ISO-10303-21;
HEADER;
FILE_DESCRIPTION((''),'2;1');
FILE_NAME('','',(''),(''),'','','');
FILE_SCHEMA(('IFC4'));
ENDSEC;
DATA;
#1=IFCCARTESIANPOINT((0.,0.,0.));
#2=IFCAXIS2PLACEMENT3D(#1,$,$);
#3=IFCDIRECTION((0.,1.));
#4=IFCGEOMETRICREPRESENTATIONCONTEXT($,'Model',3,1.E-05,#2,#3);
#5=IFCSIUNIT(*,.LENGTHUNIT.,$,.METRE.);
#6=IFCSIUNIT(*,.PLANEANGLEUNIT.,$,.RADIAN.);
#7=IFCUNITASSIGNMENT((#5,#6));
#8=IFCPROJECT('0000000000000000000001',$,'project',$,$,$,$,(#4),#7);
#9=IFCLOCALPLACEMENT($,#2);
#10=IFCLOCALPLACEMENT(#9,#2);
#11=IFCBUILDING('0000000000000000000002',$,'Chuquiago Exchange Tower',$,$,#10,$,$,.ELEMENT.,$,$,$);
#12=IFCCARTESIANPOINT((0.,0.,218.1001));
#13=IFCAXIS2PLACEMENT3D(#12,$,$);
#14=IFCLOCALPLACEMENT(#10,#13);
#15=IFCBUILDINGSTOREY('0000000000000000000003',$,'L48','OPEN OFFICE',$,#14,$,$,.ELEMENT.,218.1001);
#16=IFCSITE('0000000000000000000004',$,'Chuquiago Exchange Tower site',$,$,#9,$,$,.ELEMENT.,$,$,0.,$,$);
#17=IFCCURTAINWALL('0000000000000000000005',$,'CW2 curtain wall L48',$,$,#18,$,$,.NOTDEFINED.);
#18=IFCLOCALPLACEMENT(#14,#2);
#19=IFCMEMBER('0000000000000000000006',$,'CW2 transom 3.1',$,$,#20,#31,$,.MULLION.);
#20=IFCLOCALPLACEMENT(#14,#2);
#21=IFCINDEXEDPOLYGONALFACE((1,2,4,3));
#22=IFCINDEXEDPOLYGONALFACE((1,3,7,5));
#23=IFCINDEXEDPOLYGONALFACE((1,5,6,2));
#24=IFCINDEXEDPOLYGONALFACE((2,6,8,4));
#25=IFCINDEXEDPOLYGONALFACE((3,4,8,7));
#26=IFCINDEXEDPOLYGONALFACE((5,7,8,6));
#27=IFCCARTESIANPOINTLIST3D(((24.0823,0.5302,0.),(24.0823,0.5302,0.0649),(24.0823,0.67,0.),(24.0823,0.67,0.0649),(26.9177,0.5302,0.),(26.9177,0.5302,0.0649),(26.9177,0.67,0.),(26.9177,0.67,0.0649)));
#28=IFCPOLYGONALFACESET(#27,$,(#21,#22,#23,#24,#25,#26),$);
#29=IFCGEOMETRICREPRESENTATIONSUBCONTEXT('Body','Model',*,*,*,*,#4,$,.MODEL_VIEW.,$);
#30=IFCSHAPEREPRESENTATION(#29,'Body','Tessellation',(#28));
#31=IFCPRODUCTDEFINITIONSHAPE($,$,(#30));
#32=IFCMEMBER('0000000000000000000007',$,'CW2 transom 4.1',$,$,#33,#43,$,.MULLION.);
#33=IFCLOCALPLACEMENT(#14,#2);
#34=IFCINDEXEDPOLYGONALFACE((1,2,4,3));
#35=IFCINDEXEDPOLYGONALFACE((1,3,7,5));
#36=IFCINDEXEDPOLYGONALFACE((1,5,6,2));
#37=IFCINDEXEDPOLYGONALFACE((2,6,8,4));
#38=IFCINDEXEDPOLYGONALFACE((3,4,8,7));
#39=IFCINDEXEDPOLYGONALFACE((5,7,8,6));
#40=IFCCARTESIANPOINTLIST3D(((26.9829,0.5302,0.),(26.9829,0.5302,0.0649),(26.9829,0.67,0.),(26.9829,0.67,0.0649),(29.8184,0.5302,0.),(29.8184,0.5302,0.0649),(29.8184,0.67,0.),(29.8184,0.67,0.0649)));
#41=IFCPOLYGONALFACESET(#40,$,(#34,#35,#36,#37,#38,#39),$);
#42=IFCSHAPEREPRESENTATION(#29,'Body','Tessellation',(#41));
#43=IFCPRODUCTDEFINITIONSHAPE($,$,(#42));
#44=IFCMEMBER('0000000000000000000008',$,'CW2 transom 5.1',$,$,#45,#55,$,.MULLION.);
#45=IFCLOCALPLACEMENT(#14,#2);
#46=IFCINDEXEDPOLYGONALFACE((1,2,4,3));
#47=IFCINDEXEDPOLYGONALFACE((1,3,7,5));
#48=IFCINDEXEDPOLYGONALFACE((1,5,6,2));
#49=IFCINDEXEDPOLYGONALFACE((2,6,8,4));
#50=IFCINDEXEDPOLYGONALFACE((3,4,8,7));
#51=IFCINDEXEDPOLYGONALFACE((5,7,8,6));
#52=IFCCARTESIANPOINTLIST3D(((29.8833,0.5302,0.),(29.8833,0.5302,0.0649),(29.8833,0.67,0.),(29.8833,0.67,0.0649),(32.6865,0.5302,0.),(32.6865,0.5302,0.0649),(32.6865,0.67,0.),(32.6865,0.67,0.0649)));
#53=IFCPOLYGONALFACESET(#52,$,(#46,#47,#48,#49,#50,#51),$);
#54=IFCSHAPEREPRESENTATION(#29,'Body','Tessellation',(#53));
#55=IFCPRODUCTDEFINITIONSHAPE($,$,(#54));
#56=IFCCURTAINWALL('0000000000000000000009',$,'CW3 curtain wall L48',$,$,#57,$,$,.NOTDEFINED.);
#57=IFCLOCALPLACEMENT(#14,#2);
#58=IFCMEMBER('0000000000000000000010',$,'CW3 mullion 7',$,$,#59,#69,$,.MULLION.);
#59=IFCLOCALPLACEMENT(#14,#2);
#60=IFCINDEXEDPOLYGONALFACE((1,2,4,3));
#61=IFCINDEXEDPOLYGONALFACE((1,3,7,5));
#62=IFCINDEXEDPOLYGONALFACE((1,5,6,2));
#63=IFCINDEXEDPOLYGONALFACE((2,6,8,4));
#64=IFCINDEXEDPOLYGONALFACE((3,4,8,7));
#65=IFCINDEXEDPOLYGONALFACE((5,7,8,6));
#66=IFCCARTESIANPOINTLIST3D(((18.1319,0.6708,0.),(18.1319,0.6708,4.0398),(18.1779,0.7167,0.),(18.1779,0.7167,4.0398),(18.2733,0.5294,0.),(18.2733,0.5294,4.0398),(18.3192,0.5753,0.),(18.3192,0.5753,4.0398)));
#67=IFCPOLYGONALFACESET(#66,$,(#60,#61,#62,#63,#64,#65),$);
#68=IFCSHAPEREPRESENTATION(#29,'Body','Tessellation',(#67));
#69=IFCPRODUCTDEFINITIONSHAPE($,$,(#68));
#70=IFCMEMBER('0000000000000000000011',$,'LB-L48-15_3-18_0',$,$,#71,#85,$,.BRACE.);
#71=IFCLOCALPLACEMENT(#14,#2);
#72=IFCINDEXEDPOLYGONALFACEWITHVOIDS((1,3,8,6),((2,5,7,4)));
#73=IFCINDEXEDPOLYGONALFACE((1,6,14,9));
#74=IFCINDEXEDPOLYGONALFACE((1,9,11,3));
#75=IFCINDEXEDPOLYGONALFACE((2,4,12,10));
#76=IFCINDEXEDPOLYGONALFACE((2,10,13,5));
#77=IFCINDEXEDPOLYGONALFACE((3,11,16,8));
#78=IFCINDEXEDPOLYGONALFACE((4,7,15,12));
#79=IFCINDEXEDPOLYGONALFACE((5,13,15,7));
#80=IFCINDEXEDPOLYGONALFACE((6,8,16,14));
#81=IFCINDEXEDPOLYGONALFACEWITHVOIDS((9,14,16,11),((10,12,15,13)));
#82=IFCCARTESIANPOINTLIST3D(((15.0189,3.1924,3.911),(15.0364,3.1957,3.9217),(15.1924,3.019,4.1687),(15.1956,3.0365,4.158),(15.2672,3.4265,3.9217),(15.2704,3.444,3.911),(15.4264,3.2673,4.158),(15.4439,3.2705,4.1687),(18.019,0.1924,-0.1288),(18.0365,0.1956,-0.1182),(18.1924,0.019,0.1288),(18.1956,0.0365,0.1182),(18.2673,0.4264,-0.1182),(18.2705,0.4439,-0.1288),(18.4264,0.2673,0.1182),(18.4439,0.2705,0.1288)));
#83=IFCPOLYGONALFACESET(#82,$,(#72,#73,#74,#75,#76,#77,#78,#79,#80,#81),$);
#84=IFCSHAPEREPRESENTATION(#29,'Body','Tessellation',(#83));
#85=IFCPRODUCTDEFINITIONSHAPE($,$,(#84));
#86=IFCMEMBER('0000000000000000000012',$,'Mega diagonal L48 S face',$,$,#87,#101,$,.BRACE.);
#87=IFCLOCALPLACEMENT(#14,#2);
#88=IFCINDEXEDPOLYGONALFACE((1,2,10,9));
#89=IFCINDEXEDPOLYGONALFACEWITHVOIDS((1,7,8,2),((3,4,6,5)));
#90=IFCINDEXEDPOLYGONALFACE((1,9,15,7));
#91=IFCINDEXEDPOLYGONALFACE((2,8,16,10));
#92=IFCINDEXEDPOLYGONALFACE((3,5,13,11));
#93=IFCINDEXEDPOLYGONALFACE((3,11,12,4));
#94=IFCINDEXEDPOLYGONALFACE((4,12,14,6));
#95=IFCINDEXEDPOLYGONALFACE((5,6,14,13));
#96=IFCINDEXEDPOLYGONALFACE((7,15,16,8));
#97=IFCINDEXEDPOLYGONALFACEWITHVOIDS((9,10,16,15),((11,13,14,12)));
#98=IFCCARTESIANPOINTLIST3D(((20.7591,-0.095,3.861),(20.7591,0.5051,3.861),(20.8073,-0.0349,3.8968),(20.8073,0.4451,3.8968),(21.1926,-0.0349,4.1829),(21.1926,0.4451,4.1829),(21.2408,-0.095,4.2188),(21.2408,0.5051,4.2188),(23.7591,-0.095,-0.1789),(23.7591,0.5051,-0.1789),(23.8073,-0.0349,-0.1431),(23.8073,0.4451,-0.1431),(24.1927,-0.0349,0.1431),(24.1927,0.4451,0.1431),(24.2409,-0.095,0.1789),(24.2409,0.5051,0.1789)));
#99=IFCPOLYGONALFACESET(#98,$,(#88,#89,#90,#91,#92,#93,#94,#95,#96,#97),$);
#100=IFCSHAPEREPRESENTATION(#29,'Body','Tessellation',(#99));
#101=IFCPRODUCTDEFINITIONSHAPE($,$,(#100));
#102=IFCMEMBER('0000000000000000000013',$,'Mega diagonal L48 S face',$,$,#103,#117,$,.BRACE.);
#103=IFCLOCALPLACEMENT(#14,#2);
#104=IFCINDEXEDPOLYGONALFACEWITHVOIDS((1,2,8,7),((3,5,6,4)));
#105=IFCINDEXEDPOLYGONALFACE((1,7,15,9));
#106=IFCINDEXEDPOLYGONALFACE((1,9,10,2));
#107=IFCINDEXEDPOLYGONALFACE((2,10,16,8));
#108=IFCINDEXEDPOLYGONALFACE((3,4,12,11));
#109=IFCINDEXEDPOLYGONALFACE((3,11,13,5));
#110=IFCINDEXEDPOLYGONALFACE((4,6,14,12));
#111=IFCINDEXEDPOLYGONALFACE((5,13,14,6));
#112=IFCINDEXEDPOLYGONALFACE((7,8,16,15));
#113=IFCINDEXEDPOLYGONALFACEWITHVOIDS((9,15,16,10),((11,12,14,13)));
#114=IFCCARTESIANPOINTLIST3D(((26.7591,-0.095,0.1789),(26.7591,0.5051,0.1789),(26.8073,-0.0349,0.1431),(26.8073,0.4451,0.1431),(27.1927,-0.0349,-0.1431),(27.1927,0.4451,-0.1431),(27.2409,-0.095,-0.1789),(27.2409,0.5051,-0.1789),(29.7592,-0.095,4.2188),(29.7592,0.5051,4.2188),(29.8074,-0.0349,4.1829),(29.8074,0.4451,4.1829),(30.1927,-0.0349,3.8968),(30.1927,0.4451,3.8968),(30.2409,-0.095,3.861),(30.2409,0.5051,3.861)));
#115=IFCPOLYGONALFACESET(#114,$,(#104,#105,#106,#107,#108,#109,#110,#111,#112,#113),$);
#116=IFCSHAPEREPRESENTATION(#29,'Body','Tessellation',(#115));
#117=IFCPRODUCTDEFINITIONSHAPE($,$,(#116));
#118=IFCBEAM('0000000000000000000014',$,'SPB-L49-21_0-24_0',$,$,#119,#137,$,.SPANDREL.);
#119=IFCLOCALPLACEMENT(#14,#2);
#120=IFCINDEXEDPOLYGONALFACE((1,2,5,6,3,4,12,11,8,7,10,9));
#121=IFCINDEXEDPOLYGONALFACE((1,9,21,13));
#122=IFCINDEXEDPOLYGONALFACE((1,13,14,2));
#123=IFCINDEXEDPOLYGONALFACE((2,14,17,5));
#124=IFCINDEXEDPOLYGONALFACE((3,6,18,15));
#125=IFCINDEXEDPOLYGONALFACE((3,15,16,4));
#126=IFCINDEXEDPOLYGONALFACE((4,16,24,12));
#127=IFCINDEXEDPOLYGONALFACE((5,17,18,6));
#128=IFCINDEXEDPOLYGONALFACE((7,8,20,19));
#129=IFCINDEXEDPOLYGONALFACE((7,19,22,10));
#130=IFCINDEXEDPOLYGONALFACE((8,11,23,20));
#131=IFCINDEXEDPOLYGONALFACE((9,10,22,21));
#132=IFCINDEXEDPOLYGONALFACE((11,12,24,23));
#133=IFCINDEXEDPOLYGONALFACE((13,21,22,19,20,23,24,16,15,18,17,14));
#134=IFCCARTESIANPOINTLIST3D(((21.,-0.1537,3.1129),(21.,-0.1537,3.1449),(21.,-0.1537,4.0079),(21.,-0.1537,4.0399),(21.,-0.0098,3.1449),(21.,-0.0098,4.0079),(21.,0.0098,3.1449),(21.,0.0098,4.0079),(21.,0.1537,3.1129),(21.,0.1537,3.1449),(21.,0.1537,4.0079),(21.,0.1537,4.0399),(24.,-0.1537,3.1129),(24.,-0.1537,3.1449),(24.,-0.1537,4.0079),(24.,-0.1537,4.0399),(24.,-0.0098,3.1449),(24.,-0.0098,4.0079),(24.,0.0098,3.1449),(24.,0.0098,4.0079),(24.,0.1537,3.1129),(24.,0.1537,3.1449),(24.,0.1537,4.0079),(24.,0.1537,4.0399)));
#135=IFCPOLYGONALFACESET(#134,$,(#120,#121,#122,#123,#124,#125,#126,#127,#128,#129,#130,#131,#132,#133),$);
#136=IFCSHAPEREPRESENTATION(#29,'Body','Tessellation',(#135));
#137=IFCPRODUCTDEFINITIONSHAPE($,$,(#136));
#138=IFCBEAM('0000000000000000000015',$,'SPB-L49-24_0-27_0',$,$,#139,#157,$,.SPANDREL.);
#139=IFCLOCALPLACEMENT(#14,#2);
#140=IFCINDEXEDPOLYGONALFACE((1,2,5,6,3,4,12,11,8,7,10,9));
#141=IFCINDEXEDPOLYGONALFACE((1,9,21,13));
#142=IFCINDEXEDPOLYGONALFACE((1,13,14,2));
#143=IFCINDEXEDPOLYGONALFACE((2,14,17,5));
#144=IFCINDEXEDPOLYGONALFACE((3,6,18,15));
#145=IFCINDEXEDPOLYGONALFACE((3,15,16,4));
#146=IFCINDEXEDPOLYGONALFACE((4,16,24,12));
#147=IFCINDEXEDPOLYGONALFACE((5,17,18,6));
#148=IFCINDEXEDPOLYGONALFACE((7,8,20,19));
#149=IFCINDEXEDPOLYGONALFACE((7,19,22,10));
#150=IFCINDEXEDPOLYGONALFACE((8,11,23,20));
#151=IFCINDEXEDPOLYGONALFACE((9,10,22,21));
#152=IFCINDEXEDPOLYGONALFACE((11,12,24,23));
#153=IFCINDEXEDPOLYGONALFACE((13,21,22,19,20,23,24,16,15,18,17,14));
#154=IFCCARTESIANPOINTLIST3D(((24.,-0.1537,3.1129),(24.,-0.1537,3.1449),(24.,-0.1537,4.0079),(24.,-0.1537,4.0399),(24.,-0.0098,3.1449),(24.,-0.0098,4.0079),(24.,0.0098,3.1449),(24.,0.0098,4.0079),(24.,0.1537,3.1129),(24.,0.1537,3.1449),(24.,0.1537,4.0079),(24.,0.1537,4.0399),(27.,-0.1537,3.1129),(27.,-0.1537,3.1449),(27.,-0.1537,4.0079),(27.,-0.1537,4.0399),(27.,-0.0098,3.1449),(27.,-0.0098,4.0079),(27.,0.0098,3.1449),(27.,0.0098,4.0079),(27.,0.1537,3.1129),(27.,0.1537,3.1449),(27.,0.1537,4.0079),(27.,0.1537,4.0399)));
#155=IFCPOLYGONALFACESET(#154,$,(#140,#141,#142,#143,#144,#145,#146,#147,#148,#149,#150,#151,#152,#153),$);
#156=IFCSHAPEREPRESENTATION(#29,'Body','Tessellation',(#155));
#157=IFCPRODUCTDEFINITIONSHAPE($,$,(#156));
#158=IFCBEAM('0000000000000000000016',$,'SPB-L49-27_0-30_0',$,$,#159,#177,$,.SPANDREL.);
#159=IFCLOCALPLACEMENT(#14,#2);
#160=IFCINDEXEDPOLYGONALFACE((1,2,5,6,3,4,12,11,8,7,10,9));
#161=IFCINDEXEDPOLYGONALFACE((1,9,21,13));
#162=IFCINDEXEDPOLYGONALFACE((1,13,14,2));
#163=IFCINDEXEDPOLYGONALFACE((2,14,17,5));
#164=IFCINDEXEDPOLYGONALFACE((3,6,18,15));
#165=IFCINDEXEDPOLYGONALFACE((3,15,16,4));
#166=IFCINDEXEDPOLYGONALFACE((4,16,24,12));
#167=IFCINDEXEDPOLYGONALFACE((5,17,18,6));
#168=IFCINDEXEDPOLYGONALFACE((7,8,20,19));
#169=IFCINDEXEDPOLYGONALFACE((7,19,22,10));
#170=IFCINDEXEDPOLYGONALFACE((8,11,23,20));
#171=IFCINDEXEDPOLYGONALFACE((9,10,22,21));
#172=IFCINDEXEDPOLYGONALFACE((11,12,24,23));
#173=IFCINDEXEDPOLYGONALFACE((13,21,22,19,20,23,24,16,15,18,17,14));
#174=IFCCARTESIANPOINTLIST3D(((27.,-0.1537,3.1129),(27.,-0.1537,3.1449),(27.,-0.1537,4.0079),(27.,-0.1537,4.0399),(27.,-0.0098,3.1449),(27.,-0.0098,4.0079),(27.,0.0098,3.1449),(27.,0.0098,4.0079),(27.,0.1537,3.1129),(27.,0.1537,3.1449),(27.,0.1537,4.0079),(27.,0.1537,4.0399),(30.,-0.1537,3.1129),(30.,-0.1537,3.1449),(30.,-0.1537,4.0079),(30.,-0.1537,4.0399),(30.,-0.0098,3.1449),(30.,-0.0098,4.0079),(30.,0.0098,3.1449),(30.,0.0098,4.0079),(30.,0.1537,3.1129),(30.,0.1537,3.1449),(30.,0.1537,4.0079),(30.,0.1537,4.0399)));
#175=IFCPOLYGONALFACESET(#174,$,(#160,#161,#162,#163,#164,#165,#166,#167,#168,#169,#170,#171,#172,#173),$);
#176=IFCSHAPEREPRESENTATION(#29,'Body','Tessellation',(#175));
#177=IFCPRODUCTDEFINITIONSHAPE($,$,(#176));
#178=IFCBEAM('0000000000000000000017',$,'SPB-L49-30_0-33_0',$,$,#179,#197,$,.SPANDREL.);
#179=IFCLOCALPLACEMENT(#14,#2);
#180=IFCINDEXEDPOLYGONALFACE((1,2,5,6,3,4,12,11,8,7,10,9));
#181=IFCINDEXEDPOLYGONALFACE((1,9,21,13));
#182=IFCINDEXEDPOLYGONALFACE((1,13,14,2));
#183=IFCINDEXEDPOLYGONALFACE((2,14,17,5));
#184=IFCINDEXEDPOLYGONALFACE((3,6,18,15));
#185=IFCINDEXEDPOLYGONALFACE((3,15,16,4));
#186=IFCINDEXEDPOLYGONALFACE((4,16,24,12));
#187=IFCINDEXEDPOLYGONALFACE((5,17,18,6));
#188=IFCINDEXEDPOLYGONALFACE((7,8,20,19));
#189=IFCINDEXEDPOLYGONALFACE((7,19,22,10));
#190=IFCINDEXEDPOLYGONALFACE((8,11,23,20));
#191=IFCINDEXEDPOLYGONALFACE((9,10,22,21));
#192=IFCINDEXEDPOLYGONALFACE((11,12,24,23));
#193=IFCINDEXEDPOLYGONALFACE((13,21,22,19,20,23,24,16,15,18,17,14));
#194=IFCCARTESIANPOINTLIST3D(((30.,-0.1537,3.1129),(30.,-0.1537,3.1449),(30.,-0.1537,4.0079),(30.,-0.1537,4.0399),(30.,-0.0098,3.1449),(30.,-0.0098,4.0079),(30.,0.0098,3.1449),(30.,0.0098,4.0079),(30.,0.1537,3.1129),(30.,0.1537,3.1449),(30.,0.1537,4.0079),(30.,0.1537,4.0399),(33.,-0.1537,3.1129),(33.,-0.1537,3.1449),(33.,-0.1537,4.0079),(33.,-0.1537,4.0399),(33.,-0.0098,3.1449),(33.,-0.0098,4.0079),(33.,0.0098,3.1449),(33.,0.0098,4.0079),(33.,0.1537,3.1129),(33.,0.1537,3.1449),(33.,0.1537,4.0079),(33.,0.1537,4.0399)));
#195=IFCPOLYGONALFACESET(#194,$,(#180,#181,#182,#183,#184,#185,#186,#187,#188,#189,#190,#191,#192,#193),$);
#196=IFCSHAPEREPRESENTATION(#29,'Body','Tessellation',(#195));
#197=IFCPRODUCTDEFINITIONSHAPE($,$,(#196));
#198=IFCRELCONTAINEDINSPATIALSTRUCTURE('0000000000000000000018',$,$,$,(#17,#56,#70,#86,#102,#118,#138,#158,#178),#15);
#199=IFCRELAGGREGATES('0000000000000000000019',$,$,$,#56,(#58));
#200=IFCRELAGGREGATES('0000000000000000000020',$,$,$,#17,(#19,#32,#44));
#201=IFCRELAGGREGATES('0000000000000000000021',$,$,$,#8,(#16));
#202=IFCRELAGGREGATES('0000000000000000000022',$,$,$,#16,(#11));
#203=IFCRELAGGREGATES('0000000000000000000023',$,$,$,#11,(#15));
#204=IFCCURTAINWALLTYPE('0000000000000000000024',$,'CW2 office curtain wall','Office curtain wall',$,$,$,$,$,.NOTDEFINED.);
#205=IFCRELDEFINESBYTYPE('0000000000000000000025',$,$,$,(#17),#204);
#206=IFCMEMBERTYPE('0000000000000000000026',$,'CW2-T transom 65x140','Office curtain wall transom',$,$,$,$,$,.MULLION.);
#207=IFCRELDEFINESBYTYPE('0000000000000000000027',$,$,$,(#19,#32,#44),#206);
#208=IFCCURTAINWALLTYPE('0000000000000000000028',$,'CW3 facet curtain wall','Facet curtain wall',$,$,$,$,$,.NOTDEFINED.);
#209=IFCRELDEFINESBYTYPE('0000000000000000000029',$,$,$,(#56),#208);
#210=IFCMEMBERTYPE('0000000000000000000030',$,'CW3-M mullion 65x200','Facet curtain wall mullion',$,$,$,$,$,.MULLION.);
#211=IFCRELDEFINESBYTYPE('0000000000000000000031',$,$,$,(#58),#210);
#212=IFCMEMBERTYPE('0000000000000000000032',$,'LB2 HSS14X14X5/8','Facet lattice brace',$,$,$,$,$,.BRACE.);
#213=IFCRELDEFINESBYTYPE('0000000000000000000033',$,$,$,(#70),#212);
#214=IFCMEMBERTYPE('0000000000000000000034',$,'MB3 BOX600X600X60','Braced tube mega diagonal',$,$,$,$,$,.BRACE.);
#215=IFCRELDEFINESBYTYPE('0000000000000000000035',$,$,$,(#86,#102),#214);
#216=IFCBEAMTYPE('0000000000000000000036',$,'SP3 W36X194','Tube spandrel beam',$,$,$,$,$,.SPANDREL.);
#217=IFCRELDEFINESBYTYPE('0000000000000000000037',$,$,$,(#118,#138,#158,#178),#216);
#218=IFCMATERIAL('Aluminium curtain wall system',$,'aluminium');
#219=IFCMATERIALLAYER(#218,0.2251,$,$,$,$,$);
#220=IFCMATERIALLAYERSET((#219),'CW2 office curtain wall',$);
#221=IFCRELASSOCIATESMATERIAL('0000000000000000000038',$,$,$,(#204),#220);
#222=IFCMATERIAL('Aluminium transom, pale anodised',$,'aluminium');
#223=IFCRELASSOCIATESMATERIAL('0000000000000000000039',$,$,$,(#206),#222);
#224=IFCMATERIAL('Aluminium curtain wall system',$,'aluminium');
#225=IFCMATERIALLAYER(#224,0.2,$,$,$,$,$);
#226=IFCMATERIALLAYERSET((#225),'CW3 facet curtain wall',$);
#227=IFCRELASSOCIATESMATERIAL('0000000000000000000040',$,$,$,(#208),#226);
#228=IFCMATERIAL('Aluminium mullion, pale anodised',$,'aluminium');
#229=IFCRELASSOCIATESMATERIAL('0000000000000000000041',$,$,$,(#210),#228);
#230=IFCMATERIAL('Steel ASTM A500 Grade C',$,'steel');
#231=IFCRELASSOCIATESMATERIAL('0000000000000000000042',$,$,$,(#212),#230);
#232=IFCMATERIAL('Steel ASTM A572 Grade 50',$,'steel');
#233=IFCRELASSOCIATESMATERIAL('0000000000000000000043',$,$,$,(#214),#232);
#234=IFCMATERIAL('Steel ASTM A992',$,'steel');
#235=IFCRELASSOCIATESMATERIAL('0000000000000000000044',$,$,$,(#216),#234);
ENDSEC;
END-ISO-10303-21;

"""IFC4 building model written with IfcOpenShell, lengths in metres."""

from ifc_helpers import new_model, si_unit, direction, frame, origin, origin_2d, place, context, subcontext, project, spatial, rectangle, hollow_rectangle, i_section, extrude, material, layer, layer_set, material_profile, profile_set, type_object, element, aggregate, save


model = new_model("IFC4")

# Units and contexts
model_context = context("Model", 3, precision=1e-05, world=origin(), true_north=direction((0.0, 1.0)))
body_context = subcontext(model_context, "Body", "Model", "MODEL_VIEW")
ifc_project = project(units=[si_unit("LENGTHUNIT", "METRE"), si_unit("PLANEANGLEUNIT", "RADIAN")], contexts=[model_context])

# Site, building, storey
site_placement = place(None, origin())
site = spatial("IfcSite", under=ifc_project, at=site_placement, Name="Chuquiago Exchange Tower site", CompositionType="ELEMENT", RefElevation=0.0)
building_placement = place(site_placement, origin())
building = spatial("IfcBuilding", under=site, at=building_placement, Name="Chuquiago Exchange Tower", CompositionType="ELEMENT")
storey_placement = place(building_placement, frame((0.0, 0.0, 218.1001)))
storey = spatial("IfcBuildingStorey", under=building, at=storey_placement, Name="L48", Description="OPEN OFFICE", CompositionType="ELEMENT", Elevation=218.1001)

# Curtain wall, members
ifc_material_1 = material(Name="Aluminium curtain wall system", Category="aluminium")
ifc_layer_1 = layer(ifc_material_1, 0.2251)
ifc_layer_set_1 = layer_set([ifc_layer_1], Name="CW2 office curtain wall")
curtain_wall_type_1 = type_object("IfcCurtainWallType", Name="CW2 office curtain wall", Description="Office curtain wall", PredefinedType="NOTDEFINED", material=ifc_layer_set_1)
curtain_wall_1_placement = place(storey_placement, origin())
curtain_wall_1 = element("IfcCurtainWall", 1, at=curtain_wall_1_placement, inside=storey, type_object=curtain_wall_type_1, Name="CW2 curtain wall L48", PredefinedType="NOTDEFINED")
ifc_material_2 = material(Name="Aluminium transom, pale anodised", Category="aluminium")
ifc_material_profile_1 = material_profile(ifc_material_2, rectangle(XDim=0.1399, YDim=0.0649, at=origin_2d()), Name="AL 140x65")
ifc_profile_set_1 = profile_set([ifc_material_profile_1], Name="Aluminium transom, pale anodised")
member_type_1 = type_object("IfcMemberType", Name="CW2-T transom 65x140", Description="Office curtain wall transom", PredefinedType="MULLION", material=ifc_profile_set_1)
member_1_placement = place(storey_placement, frame((24.0823, 0.6001, 0.0325), z_axis=(1.0, 0.0, 0.0), x_axis=(0.0, 1.0, 0.0)))
member_1 = element("IfcMember", 2, at=member_1_placement, type_object=member_type_1, Name="CW2 transom 3.1", PredefinedType="MULLION", context=body_context, shape_type="SweptSolid", body=[
    extrude(rectangle(XDim=0.1399, YDim=0.0649, at=origin_2d()), origin(), (0.0, 0.0, 1.0), 2.8354),
])
member_2_placement = place(storey_placement, frame((26.9829, 0.6001, 0.0325), z_axis=(1.0, 0.0, 0.0), x_axis=(0.0, 1.0, 0.0)))
member_2 = element("IfcMember", 3, at=member_2_placement, type_object=member_type_1, Name="CW2 transom 4.1", PredefinedType="MULLION", context=body_context, shape_type="SweptSolid", body=[
    extrude(rectangle(XDim=0.1399, YDim=0.0649, at=origin_2d()), origin(), (0.0, 0.0, 1.0), 2.8354),
])
member_3_placement = place(storey_placement, frame((29.8833, 0.6001, 0.0325), z_axis=(1.0, 0.0, 0.0), x_axis=(0.0, 1.0, 0.0)))
member_3 = element("IfcMember", 4, at=member_3_placement, type_object=member_type_1, Name="CW2 transom 5.1", PredefinedType="MULLION", context=body_context, shape_type="SweptSolid", body=[
    extrude(rectangle(XDim=0.1399, YDim=0.0649, at=origin_2d()), origin(), (0.0, 0.0, 1.0), 2.8032),
])

# Curtain wall, member
ifc_material_3 = material(Name="Aluminium curtain wall system", Category="aluminium")
ifc_layer_2 = layer(ifc_material_3, 0.2)
ifc_layer_set_2 = layer_set([ifc_layer_2], Name="CW3 facet curtain wall")
curtain_wall_type_2 = type_object("IfcCurtainWallType", Name="CW3 facet curtain wall", Description="Facet curtain wall", PredefinedType="NOTDEFINED", material=ifc_layer_set_2)
curtain_wall_2_placement = place(storey_placement, origin())
curtain_wall_2 = element("IfcCurtainWall", 5, at=curtain_wall_2_placement, inside=storey, type_object=curtain_wall_type_2, Name="CW3 curtain wall L48", PredefinedType="NOTDEFINED")
ifc_material_4 = material(Name="Aluminium mullion, pale anodised", Category="aluminium")
ifc_material_profile_2 = material_profile(ifc_material_4, rectangle(XDim=0.0649, YDim=0.2, at=origin_2d()), Name="AL 65x200")
ifc_profile_set_2 = profile_set([ifc_material_profile_2], Name="Aluminium mullion, pale anodised")
member_type_2 = type_object("IfcMemberType", Name="CW3-M mullion 65x200", Description="Facet curtain wall mullion", PredefinedType="MULLION", material=ifc_profile_set_2)
member_4_placement = place(storey_placement, frame((18.2256, 0.623, 0.0), z_axis=(0.0, 0.0, 1.0), x_axis=(0.707107, 0.707107, 0.0)))
member_4 = element("IfcMember", 6, at=member_4_placement, type_object=member_type_2, Name="CW3 mullion 7", PredefinedType="MULLION", context=body_context, shape_type="SweptSolid", body=[
    extrude(rectangle(XDim=0.0649, YDim=0.2, at=origin_2d()), origin(), (0.0, 0.0, 1.0), 4.0398),
])
aggregate(curtain_wall_2, [member_4])

# Members
ifc_material_5 = material(Name="Steel ASTM A500 Grade C", Category="steel")
ifc_material_profile_3 = material_profile(ifc_material_5, hollow_rectangle(XDim=0.3557, YDim=0.3557, WallThickness=0.0146, at=origin_2d()), Name="HSS14X14X5/8")
ifc_profile_set_3 = profile_set([ifc_material_profile_3], Name="Steel ASTM A500 Grade C")
member_type_3 = type_object("IfcMemberType", Name="LB2 HSS14X14X5/8", Description="Facet lattice brace", PredefinedType="BRACE", material=ifc_profile_set_3)
member_5_placement = place(storey_placement, frame((18.2314, 0.2314, 0.0), z_axis=(-0.512092, 0.512092, 0.689582), x_axis=(-0.707107, -0.707107, 0.0)))
element("IfcMember", 7, at=member_5_placement, inside=storey, type_object=member_type_3, Name="LB-L48-15_3-18_0", PredefinedType="BRACE", context=body_context, shape_type="SweptSolid", body=[
    extrude(hollow_rectangle(XDim=0.3557, YDim=0.3557, WallThickness=0.0146, at=origin_2d()), origin(), (0.0, 0.0, 1.0), 5.8584),
])
ifc_material_6 = material(Name="Steel ASTM A572 Grade 50", Category="steel")
ifc_material_profile_4 = material_profile(ifc_material_6, hollow_rectangle(XDim=0.6001, YDim=0.6001, WallThickness=0.0601, at=origin_2d()), Name="BOX600X600X60")
ifc_profile_set_4 = profile_set([ifc_material_profile_4], Name="Steel ASTM A572 Grade 50")
member_type_4 = type_object("IfcMemberType", Name="MB3 BOX600X600X60", Description="Braced tube mega diagonal", PredefinedType="BRACE", material=ifc_profile_set_4)
for number, where, z_axis, x_axis, name in (
    (8, (24.0, 0.2051, 0.0), (-0.596197, 0.0, 0.802838), (0.0, -1.0, 0.0), "Mega diagonal L48 S face"),
    (9, (27.0, 0.2051, 0.0), (0.596197, 0.0, 0.802838), (0.0, 1.0, 0.0), "Mega diagonal L48 S face"),
):
    element("IfcMember", number, at=place(storey_placement, frame(where, z_axis=z_axis, x_axis=x_axis)), inside=storey, type_object=member_type_4, Name=name, PredefinedType="BRACE", context=body_context, shape_type="SweptSolid", body=[
        extrude(hollow_rectangle(XDim=0.6001, YDim=0.6001, WallThickness=0.0601, at=origin_2d()), origin(), (0.0, 0.0, 1.0), 5.032),
    ])

# Beams
ifc_material_7 = material(Name="Steel ASTM A992", Category="steel")
ifc_material_profile_5 = material_profile(ifc_material_7, i_section(OverallWidth=0.3074, OverallDepth=0.927, WebThickness=0.0195, FlangeThickness=0.032, at=origin_2d()), Name="W36X194")
ifc_profile_set_5 = profile_set([ifc_material_profile_5], Name="Steel ASTM A992")
beam_type = type_object("IfcBeamType", Name="SP3 W36X194", Description="Tube spandrel beam", PredefinedType="SPANDREL", material=ifc_profile_set_5)
for number, where, z_axis, x_axis, name in (
    (10, (21.0, 0.0, 3.5764), (1.0, 0.0, 0.0), (0.0, 1.0, 0.0), "SPB-L49-21_0-24_0"),
    (11, (24.0, 0.0, 3.5764), (1.0, 0.0, 0.0), (0.0, 1.0, 0.0), "SPB-L49-24_0-27_0"),
    (12, (27.0, 0.0, 3.5764), (1.0, 0.0, 0.0), (0.0, 1.0, 0.0), "SPB-L49-27_0-30_0"),
    (13, (30.0, 0.0, 3.5764), (1.0, 0.0, 0.0), (0.0, 1.0, 0.0), "SPB-L49-30_0-33_0"),
):
    element("IfcBeam", number, at=place(storey_placement, frame(where, z_axis=z_axis, x_axis=x_axis)), inside=storey, type_object=beam_type, Name=name, PredefinedType="SPANDREL", context=body_context, shape_type="SweptSolid", body=[
        extrude(i_section(OverallWidth=0.3074, OverallDepth=0.927, WebThickness=0.0195, FlangeThickness=0.032, at=origin_2d()), origin(), (0.0, 0.0, 1.0), 3.0),
    ])

aggregate(curtain_wall_1, [member_1, member_2, member_3])

save(model, "model.ifc")
